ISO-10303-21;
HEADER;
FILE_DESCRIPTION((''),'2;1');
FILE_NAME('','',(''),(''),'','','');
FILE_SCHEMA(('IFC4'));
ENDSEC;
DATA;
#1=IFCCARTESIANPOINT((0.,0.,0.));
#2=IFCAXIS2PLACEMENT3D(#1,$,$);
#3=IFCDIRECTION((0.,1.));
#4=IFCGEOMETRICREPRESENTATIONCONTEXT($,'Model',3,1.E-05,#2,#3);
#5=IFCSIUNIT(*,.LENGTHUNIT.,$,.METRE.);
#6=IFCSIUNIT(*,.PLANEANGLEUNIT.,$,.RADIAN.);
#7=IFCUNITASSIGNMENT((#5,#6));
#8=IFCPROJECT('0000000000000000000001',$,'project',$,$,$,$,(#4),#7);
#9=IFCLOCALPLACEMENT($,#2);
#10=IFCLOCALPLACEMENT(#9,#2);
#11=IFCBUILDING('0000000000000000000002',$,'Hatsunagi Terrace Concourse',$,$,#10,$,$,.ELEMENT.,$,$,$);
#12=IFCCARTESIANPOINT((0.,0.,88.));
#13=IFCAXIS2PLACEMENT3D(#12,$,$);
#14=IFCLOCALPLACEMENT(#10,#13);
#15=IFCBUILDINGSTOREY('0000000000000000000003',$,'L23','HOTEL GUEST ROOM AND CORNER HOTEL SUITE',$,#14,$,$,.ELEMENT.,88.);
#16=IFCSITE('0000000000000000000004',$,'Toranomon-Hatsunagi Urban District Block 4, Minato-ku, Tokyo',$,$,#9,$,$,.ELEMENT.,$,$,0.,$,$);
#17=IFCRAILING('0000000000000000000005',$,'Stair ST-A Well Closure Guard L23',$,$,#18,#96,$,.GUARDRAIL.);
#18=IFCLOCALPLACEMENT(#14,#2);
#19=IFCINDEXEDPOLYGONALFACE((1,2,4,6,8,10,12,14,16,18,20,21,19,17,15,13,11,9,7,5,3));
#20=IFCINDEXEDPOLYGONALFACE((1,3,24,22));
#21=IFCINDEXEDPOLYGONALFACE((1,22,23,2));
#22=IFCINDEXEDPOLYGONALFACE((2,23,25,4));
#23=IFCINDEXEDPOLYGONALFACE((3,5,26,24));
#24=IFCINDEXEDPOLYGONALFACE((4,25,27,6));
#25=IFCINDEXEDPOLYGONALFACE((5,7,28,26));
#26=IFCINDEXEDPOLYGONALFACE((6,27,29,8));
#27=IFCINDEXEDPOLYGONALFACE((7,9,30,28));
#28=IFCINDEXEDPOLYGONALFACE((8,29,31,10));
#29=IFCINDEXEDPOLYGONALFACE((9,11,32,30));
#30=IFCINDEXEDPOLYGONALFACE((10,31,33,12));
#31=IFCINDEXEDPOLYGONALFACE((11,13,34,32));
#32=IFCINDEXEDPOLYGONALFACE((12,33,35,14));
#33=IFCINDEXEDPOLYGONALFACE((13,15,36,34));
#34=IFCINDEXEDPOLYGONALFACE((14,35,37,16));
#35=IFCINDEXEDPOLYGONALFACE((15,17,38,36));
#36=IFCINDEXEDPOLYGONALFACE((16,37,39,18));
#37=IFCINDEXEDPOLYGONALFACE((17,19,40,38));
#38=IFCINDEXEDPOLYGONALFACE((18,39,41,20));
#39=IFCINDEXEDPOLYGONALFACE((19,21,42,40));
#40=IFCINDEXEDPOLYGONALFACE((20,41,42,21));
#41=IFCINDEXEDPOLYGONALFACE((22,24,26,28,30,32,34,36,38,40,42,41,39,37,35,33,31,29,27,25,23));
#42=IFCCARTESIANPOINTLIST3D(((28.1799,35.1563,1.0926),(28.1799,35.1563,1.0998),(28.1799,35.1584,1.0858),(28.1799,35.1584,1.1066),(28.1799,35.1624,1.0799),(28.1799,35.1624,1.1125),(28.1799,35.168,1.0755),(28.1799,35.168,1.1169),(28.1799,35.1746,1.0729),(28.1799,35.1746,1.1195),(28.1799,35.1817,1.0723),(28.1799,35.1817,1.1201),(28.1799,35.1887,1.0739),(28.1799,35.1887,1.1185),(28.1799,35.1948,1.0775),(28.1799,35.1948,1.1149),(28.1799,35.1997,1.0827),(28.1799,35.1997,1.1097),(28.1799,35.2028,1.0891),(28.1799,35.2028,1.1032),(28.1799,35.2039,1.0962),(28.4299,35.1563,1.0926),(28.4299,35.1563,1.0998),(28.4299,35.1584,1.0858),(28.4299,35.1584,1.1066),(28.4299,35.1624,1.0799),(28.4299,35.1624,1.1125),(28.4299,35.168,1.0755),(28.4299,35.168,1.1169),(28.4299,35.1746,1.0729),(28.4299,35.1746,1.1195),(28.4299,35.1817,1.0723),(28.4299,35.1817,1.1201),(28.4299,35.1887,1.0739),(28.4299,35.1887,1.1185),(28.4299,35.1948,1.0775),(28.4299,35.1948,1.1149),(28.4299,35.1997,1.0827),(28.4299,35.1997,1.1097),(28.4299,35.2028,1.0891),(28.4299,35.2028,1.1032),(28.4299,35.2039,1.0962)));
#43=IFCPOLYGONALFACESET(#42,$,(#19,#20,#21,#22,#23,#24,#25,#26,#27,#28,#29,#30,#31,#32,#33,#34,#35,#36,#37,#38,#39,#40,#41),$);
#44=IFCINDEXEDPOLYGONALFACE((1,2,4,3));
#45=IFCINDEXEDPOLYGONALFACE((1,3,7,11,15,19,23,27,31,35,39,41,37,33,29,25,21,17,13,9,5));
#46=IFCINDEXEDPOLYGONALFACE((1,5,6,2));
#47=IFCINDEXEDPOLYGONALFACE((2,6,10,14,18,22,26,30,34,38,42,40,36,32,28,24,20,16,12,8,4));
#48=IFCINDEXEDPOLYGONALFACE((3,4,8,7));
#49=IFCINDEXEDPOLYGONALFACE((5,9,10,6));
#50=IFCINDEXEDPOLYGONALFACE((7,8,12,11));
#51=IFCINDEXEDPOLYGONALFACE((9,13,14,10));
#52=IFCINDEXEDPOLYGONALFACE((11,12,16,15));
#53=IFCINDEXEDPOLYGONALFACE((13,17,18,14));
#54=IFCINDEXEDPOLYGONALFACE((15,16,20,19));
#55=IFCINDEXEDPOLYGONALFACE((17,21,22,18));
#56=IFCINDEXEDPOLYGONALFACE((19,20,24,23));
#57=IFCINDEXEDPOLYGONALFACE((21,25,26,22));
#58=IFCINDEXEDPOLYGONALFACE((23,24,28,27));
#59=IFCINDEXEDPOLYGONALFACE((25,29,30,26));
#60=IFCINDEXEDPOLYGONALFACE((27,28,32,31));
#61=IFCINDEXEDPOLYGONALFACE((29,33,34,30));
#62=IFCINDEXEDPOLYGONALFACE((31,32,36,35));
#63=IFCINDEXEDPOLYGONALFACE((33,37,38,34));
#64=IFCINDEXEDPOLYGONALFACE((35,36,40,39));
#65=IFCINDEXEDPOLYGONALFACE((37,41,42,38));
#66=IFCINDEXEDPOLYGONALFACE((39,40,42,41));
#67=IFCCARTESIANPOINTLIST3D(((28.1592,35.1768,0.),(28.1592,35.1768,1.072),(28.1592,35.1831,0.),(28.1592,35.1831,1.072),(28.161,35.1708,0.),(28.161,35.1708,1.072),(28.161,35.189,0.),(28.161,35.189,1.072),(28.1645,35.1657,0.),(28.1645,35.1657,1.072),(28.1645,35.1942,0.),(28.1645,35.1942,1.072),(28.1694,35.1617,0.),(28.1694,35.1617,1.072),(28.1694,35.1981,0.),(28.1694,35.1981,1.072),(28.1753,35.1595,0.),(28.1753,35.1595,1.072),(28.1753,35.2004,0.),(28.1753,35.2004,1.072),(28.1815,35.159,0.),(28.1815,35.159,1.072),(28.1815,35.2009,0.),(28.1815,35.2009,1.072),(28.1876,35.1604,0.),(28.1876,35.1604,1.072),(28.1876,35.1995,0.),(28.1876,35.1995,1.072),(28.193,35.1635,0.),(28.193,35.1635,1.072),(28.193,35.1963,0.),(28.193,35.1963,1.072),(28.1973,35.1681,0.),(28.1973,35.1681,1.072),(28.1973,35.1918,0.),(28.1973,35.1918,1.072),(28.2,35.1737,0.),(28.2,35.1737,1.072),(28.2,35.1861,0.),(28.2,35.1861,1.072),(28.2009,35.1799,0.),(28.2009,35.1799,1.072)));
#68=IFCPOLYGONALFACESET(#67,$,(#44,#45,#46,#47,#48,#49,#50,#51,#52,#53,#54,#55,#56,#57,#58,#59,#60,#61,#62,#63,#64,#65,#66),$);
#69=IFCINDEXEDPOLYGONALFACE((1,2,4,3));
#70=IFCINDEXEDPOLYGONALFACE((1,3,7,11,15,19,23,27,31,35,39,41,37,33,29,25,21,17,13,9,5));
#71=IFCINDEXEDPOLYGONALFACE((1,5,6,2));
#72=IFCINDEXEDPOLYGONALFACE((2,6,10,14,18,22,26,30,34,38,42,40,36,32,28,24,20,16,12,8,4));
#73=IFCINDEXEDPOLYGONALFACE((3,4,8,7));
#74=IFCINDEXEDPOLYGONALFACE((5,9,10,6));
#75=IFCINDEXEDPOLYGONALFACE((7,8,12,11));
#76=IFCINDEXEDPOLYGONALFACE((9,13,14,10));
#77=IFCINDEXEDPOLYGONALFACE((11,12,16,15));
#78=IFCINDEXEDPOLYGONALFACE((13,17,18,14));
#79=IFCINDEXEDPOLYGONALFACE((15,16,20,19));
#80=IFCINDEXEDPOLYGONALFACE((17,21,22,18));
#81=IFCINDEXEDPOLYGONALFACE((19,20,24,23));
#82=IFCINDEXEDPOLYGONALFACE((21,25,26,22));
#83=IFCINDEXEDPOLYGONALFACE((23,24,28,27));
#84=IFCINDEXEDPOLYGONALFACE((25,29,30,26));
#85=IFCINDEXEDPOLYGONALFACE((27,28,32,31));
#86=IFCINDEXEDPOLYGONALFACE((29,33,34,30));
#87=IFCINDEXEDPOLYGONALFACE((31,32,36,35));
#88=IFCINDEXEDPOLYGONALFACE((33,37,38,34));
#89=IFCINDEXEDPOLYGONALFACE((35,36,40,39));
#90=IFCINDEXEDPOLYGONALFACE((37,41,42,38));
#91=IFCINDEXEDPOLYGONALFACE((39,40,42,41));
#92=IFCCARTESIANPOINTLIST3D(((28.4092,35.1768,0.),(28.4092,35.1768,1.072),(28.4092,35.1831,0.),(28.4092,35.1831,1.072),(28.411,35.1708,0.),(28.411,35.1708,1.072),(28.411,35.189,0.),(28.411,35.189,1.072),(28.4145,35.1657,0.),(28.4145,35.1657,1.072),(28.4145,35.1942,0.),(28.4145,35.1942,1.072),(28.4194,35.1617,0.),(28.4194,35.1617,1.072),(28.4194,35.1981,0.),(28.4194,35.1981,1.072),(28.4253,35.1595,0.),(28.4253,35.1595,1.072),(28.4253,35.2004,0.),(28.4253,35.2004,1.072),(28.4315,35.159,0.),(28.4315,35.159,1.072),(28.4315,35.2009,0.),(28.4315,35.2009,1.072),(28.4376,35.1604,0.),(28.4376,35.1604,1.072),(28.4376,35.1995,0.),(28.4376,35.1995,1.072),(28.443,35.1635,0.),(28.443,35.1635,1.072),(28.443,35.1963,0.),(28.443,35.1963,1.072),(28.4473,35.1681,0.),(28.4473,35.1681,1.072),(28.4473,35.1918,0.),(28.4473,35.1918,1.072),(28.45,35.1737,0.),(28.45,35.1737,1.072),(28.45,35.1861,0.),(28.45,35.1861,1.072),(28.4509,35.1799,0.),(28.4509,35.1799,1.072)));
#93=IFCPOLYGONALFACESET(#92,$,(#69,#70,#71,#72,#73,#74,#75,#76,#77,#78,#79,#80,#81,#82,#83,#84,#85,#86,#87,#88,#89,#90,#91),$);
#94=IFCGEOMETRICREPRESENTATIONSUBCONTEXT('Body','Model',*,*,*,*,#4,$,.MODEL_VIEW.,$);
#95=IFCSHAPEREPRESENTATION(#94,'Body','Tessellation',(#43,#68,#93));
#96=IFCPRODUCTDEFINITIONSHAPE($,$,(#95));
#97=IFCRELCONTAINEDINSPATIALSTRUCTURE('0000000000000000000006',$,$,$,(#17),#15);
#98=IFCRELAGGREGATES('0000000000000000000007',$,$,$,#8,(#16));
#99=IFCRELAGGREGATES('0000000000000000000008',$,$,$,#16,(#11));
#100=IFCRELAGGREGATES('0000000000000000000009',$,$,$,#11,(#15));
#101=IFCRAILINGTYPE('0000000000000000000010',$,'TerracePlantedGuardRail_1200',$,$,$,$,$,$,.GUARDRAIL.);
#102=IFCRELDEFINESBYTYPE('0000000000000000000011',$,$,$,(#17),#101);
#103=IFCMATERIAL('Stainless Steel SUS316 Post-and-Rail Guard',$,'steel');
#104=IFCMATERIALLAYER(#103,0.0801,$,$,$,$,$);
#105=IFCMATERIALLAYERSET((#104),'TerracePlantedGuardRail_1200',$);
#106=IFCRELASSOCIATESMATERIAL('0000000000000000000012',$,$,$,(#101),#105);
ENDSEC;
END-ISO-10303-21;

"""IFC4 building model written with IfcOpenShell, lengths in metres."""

from ifc_helpers import new_model, si_unit, direction, frame, origin, origin_2d, place, context, subcontext, project, spatial, circle, extrude, material, layer, layer_set, type_object, element, save


model = new_model("IFC4")

# Units and contexts
model_context = context("Model", 3, precision=1e-05, world=origin(), true_north=direction((0.0, 1.0)))
body_context = subcontext(model_context, "Body", "Model", "MODEL_VIEW")
ifc_project = project(units=[si_unit("LENGTHUNIT", "METRE"), si_unit("PLANEANGLEUNIT", "RADIAN")], contexts=[model_context])

# Site, building, storey
site_placement = place(None, origin())
site = spatial("IfcSite", under=ifc_project, at=site_placement, Name="Toranomon-Hatsunagi Urban District Block 4, Minato-ku, Tokyo", CompositionType="ELEMENT", RefElevation=0.0)
building_placement = place(site_placement, origin())
building = spatial("IfcBuilding", under=site, at=building_placement, Name="Hatsunagi Terrace Concourse", CompositionType="ELEMENT")
storey_placement = place(building_placement, frame((0.0, 0.0, 88.0)))
storey = spatial("IfcBuildingStorey", under=building, at=storey_placement, Name="L23", Description="HOTEL GUEST ROOM AND CORNER HOTEL SUITE", CompositionType="ELEMENT", Elevation=88.0)

# Railing
ifc_material_1 = material(Name="Stainless Steel SUS316 Post-and-Rail Guard", Category="steel")
ifc_layer_1 = layer(ifc_material_1, 0.0801)
ifc_layer_set_1 = layer_set([ifc_layer_1], Name="TerracePlantedGuardRail_1200")
railing_type_1 = type_object("IfcRailingType", Name="TerracePlantedGuardRail_1200", PredefinedType="GUARDRAIL", material=ifc_layer_set_1)
railing_1_placement = place(storey_placement, frame((28.1799, 35.1799, 0.0)))
element("IfcRailing", 1, at=railing_1_placement, inside=storey, type_object=railing_type_1, Name="Stair ST-A Well Closure Guard L23", PredefinedType="GUARDRAIL", context=body_context, shape_type="SweptSolid", body=[
    extrude(circle(Radius=0.0239, at=origin_2d()), frame((0.0, 0.0, 1.0962), z_axis=(1.0, 0.0, 0.0), x_axis=(0.0, 1.0, 0.0)), (0.0, 0.0, 1.0), 0.25),
    extrude(circle(Radius=0.021, at=origin_2d()), origin(), (0.0, 0.0, 1.0), 1.072),
    extrude(circle(Radius=0.021, at=origin_2d()), frame((0.25, 0.0, 0.0)), (0.0, 0.0, 1.0), 1.072),
])

save(model, "model.ifc")
